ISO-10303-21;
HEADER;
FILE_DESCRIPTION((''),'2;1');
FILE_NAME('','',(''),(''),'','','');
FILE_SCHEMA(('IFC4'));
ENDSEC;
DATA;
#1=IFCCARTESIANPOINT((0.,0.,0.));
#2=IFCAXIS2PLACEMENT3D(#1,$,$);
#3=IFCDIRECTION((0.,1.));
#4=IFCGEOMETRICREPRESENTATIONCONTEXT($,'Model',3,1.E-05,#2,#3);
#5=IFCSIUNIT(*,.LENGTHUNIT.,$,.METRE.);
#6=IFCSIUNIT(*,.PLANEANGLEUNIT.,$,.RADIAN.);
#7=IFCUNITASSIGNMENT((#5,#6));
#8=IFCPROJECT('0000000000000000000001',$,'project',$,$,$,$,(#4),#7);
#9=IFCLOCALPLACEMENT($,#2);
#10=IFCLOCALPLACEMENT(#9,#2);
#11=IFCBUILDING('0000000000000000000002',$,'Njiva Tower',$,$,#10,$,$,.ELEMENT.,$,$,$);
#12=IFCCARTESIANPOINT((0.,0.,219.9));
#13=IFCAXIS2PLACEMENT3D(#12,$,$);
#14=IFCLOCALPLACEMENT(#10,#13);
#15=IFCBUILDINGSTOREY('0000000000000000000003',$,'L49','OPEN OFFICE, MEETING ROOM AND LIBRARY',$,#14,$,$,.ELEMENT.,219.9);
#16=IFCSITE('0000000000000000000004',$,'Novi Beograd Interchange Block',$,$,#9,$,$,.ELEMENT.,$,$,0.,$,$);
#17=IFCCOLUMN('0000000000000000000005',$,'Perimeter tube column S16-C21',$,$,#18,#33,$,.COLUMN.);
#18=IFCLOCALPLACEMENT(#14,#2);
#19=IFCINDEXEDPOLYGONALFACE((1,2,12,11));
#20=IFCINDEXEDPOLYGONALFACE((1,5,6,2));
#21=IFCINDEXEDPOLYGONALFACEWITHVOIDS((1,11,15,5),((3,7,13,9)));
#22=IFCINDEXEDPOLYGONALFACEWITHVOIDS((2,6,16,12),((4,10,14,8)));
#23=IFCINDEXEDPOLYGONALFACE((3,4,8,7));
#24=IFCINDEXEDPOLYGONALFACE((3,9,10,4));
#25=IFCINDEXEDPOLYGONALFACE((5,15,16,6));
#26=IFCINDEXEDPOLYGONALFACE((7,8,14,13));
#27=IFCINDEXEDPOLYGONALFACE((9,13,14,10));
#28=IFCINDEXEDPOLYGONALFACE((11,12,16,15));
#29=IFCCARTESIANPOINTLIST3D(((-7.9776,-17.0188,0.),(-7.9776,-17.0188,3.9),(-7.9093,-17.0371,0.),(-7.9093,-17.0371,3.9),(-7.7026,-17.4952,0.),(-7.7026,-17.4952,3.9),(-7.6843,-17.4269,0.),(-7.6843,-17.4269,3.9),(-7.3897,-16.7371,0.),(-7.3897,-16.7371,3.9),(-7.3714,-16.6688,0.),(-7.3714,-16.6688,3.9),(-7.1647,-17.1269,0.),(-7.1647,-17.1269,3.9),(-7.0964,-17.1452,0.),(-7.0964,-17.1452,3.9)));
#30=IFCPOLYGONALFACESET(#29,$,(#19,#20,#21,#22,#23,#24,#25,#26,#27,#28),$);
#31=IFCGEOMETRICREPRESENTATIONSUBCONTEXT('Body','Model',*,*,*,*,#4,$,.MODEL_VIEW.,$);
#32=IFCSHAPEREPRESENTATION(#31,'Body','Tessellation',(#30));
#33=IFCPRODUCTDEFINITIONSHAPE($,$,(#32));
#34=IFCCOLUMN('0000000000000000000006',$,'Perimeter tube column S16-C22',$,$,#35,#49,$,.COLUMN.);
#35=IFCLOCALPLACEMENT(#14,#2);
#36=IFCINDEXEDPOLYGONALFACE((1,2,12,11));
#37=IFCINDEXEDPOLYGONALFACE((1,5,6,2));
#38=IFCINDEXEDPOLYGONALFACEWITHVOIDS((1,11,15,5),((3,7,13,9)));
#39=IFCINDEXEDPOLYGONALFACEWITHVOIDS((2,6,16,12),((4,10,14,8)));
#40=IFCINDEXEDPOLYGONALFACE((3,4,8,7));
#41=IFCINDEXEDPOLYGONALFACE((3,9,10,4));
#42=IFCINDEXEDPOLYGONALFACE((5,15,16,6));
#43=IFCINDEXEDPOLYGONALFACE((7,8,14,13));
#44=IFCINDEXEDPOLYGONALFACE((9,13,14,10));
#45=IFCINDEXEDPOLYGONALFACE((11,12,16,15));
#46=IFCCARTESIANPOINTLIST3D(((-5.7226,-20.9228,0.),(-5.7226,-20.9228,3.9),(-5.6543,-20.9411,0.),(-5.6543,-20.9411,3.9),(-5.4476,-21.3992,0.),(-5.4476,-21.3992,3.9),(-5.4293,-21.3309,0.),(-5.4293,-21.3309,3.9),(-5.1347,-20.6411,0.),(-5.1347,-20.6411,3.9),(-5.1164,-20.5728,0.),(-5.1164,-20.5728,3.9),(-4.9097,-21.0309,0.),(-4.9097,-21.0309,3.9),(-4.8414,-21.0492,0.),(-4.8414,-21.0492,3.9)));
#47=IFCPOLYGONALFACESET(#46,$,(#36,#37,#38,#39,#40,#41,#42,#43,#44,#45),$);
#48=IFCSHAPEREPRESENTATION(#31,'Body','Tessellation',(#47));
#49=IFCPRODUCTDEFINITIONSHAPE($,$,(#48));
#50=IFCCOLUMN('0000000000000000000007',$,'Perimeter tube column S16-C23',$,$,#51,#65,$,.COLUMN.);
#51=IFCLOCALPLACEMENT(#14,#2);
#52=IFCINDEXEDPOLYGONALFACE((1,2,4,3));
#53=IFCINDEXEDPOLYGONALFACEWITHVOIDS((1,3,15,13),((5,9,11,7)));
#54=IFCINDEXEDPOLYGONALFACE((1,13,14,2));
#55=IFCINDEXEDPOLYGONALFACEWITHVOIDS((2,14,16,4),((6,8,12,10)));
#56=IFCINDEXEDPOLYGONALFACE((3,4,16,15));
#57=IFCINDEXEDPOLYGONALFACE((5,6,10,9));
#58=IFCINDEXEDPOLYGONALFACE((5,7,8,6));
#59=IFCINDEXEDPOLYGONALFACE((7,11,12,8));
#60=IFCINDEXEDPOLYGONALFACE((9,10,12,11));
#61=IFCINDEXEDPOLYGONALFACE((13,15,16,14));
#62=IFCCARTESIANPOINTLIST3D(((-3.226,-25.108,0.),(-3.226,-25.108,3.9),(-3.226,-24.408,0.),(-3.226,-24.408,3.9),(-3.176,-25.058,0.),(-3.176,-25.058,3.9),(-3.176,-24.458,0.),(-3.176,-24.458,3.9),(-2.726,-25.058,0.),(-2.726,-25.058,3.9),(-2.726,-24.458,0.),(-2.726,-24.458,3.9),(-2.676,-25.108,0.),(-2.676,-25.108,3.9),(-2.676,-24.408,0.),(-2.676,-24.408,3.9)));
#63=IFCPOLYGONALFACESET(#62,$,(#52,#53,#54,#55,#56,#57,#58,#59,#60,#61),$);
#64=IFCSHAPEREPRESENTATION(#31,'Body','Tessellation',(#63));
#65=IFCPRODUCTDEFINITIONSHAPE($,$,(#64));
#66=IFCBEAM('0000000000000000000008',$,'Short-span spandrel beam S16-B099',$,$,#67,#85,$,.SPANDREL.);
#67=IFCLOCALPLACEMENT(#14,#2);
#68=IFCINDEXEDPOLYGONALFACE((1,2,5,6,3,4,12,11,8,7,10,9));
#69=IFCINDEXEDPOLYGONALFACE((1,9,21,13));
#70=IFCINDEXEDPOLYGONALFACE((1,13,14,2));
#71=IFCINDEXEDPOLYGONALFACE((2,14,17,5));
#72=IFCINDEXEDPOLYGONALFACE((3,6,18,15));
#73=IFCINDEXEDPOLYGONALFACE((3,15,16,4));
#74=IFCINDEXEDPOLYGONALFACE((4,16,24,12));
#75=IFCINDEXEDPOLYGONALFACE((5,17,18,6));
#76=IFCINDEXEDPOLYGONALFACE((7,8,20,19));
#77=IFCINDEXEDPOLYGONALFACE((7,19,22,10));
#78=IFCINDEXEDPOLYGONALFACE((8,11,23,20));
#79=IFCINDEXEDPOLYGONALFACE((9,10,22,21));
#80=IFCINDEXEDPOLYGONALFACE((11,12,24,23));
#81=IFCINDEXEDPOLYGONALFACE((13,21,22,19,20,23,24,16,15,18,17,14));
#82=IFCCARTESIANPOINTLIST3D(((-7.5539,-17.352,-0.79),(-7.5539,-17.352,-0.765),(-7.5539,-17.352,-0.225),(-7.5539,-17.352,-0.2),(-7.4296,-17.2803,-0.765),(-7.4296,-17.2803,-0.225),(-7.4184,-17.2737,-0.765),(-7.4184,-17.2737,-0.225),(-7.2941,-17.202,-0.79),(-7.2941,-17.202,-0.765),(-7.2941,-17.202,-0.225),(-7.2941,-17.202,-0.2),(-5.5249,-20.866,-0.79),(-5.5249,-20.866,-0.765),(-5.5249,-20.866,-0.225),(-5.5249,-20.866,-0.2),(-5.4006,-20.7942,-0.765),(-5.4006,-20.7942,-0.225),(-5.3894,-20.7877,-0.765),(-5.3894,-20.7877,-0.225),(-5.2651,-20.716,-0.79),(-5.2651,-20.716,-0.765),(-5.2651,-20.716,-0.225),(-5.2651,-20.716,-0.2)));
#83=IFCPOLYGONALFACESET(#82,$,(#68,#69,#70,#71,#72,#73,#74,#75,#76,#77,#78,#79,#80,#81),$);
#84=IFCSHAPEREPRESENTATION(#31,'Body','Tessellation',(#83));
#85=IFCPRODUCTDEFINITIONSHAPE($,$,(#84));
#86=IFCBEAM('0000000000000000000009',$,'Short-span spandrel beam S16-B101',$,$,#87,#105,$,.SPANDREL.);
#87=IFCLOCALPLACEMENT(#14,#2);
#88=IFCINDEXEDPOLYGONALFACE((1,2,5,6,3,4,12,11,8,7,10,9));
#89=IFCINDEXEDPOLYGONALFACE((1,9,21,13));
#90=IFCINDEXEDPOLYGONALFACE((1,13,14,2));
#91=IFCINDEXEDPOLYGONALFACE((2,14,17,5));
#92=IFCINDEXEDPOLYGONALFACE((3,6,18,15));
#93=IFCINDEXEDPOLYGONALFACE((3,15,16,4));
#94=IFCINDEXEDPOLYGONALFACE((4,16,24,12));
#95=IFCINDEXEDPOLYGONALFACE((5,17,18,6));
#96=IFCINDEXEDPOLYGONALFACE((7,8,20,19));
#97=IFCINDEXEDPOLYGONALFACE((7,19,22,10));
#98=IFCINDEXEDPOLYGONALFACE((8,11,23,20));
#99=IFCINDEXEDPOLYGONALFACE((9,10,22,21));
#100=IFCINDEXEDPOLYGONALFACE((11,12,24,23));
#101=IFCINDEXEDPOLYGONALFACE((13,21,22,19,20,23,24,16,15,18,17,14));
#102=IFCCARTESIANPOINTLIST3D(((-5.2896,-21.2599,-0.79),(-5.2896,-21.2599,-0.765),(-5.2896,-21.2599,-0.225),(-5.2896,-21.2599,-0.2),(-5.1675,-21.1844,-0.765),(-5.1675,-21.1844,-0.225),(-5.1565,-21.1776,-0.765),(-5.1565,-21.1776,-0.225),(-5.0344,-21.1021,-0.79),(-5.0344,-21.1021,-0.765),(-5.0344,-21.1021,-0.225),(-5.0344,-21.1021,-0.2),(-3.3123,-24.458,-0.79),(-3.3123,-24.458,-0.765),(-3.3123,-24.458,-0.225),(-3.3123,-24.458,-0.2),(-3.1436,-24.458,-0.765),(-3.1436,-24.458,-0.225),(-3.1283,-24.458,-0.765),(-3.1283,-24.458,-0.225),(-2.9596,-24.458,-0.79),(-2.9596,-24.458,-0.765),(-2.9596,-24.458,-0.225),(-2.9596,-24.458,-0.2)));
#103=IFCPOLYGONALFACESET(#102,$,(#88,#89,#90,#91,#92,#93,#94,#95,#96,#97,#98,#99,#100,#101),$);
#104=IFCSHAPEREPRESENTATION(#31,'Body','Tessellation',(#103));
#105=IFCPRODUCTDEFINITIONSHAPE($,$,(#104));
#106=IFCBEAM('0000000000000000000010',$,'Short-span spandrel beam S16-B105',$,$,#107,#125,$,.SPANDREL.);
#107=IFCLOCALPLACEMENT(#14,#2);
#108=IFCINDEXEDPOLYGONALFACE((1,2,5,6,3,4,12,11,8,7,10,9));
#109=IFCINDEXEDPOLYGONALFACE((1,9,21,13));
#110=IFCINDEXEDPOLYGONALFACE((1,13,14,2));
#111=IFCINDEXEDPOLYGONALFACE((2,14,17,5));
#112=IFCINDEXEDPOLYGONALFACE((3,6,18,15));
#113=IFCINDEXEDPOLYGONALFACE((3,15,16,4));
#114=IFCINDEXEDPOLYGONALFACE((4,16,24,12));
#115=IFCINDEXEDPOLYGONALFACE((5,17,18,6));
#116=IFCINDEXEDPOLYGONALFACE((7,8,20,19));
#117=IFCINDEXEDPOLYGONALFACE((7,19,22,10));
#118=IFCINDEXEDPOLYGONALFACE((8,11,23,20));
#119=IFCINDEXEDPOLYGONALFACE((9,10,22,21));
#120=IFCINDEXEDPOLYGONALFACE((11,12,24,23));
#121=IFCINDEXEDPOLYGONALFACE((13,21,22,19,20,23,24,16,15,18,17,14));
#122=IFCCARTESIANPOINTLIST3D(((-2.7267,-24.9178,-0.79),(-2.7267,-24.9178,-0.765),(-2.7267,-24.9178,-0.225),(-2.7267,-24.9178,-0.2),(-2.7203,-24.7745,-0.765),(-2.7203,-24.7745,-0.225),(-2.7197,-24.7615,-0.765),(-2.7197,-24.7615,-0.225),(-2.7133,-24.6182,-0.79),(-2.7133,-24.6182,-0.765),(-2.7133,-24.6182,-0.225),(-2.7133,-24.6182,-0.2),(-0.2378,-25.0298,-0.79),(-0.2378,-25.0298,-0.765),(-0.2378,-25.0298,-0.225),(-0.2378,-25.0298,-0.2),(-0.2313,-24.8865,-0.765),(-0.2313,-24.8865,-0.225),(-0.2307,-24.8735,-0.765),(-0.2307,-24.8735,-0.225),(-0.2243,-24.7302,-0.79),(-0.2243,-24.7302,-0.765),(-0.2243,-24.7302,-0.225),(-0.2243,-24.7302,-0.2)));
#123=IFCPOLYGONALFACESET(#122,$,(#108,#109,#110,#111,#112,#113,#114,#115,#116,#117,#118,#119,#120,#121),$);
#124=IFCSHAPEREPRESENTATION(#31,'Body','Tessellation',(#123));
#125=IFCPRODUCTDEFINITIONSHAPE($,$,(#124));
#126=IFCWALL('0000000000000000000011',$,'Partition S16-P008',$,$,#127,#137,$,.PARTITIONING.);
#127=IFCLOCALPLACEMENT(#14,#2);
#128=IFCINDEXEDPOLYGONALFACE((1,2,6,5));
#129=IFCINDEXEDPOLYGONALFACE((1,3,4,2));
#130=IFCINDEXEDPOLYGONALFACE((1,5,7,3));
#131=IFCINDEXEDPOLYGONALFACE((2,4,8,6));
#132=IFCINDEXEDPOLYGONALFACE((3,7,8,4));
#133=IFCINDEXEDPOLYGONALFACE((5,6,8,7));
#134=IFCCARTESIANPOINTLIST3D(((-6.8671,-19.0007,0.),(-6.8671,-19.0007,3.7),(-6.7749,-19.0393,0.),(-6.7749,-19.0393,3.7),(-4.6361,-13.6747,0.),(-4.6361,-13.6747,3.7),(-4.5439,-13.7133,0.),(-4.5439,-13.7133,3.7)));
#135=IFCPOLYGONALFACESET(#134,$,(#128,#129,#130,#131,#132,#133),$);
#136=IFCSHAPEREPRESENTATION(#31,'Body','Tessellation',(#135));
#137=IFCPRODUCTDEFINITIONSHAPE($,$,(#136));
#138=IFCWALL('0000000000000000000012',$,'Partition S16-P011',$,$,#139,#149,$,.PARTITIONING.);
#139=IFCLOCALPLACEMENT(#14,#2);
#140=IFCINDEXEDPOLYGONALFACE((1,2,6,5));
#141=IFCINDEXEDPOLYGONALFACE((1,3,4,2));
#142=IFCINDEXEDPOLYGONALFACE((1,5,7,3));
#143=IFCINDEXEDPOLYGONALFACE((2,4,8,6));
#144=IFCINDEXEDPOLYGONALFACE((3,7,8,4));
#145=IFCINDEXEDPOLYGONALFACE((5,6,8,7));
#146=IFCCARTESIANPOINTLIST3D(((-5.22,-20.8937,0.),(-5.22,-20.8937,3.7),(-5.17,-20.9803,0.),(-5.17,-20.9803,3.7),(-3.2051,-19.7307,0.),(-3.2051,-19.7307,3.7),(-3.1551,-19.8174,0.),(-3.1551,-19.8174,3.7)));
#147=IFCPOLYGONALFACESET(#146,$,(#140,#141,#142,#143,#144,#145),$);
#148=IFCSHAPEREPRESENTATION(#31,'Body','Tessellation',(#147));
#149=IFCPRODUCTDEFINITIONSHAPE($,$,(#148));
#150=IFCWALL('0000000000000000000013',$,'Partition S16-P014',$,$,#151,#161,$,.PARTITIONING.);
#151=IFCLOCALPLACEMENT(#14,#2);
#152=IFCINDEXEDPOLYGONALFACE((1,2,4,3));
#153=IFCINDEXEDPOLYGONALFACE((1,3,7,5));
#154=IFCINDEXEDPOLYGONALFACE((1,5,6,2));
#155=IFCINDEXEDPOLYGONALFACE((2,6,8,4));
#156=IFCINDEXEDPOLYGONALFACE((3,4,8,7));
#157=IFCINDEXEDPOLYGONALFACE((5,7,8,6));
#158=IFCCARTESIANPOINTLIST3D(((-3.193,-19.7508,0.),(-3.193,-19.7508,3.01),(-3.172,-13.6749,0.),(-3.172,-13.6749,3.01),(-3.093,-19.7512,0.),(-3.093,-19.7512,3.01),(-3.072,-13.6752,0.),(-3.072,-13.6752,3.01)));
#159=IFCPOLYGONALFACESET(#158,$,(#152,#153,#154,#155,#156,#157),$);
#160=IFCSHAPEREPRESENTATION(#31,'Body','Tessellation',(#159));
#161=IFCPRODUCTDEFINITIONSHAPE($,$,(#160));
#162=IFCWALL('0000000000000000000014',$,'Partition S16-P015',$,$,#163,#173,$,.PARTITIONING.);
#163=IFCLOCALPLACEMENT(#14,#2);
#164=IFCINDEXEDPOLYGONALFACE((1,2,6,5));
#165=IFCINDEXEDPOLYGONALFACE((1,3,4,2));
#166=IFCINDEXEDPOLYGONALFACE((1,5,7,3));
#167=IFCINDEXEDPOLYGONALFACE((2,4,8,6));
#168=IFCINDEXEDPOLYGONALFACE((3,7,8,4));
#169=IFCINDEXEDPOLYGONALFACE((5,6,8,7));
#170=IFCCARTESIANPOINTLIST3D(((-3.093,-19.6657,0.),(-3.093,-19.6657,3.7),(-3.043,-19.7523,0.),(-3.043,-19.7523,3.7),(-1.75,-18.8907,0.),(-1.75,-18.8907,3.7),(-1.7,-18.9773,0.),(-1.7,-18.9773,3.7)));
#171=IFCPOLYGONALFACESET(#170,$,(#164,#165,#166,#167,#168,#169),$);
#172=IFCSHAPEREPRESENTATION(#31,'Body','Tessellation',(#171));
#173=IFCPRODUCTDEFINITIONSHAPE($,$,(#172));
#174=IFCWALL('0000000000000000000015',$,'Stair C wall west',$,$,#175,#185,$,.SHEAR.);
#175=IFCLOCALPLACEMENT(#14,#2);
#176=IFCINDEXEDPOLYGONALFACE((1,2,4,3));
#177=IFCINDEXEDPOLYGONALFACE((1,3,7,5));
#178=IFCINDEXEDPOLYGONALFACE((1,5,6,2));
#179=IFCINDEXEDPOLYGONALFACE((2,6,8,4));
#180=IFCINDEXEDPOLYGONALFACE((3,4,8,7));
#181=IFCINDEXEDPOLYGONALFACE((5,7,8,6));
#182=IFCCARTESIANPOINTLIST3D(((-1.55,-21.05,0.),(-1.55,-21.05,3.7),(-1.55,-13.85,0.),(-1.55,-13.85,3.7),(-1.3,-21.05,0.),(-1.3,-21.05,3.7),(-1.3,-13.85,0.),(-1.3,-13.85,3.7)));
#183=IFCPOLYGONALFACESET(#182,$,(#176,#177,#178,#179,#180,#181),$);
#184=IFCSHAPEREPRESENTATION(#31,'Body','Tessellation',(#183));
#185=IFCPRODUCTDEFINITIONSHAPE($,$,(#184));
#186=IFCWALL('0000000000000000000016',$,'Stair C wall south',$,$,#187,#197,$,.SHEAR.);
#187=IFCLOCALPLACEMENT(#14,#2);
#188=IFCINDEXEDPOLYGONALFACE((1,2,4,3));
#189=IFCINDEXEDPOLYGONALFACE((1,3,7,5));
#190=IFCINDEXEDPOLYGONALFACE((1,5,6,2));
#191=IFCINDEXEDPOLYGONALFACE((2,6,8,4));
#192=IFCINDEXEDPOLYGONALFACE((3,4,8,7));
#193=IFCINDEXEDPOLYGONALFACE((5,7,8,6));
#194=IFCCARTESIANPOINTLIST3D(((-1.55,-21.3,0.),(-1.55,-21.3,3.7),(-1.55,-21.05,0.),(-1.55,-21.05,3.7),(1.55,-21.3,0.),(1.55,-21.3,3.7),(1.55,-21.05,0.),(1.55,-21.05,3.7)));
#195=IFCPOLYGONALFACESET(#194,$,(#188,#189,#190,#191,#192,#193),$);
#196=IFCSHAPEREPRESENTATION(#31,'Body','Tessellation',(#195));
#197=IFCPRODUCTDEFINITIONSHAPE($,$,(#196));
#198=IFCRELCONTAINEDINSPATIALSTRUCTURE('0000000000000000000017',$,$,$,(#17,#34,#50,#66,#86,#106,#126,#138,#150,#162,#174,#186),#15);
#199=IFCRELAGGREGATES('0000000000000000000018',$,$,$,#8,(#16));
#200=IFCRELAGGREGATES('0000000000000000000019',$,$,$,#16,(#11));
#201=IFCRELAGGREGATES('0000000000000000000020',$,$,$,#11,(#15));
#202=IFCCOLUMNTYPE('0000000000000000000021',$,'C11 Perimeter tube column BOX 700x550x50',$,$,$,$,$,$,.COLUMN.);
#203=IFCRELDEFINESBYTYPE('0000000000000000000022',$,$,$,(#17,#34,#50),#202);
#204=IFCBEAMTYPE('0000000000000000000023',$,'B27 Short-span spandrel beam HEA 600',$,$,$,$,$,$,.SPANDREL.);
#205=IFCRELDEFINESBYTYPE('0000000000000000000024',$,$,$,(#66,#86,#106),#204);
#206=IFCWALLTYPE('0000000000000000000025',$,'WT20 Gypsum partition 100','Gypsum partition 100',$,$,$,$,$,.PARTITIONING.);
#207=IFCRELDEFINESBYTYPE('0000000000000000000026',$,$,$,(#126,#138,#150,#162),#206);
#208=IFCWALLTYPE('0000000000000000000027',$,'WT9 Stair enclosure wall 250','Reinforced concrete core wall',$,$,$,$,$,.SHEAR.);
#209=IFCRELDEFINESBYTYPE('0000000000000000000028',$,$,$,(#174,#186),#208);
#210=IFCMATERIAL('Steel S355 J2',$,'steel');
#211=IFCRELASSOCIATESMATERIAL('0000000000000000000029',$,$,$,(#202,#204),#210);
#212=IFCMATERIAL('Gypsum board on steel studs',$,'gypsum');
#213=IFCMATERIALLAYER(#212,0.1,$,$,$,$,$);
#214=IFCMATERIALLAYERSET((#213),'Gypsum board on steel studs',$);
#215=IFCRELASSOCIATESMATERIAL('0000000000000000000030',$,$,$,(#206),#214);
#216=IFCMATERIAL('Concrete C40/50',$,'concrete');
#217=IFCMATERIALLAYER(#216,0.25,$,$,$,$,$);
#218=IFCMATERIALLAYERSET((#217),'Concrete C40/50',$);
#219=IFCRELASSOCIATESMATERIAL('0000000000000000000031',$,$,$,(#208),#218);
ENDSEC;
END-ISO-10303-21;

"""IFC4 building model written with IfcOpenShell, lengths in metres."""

from ifc_helpers import new_model, si_unit, direction, frame, frame_2d, origin, origin_2d, place, context, subcontext, project, spatial, rectangle, hollow_rectangle, i_section, extrude, clip, halfspace, material, layer, layer_set, material_profile, profile_set, type_object, element, save


model = new_model("IFC4")

# Units and contexts
model_context = context("Model", 3, precision=1e-05, world=origin(), true_north=direction((0.0, 1.0)))
body_context = subcontext(model_context, "Body", "Model", "MODEL_VIEW")
ifc_project = project(units=[si_unit("LENGTHUNIT", "METRE"), si_unit("PLANEANGLEUNIT", "RADIAN")], contexts=[model_context])

# Site, building, storey
site_placement = place(None, origin())
site = spatial("IfcSite", under=ifc_project, at=site_placement, Name="Novi Beograd Interchange Block", CompositionType="ELEMENT", RefElevation=0.0)
building_placement = place(site_placement, origin())
building = spatial("IfcBuilding", under=site, at=building_placement, Name="Njiva Tower", CompositionType="ELEMENT")
storey_placement = place(building_placement, frame((0.0, 0.0, 219.9)))
storey = spatial("IfcBuildingStorey", under=building, at=storey_placement, Name="L49", Description="OPEN OFFICE, MEETING ROOM AND LIBRARY", CompositionType="ELEMENT", Elevation=219.9)

# Columns
ifc_material_1 = material(Name="Steel S355 J2", Category="steel")
ifc_material_profile_1 = material_profile(ifc_material_1, hollow_rectangle(XDim=0.55, YDim=0.7, WallThickness=0.05, at=origin_2d()), Name="BOX 700x550x50")
ifc_profile_set_1 = profile_set([ifc_material_profile_1], Name="Steel S355 J2")
column_type = type_object("IfcColumnType", Name="C11 Perimeter tube column BOX 700x550x50", PredefinedType="COLUMN", material=ifc_profile_set_1)
for number, where, z_axis, x_axis, name in (
    (1, (-7.537, -17.082, 0.0), (0.0, 0.0, 1.0), (0.5, -0.866025, 0.0), "Perimeter tube column S16-C21"),
    (2, (-5.282, -20.986, 0.0), (0.0, 0.0, 1.0), (0.5, -0.866025, 0.0), "Perimeter tube column S16-C22"),
    (3, (-2.951, -24.758, 0.0), (0.0, 0.0, 1.0), (1.0, 0.0, 0.0), "Perimeter tube column S16-C23"),
):
    element("IfcColumn", number, at=place(storey_placement, frame(where, z_axis=z_axis, x_axis=x_axis)), inside=storey, type_object=column_type, Name=name, PredefinedType="COLUMN", context=body_context, shape_type="SweptSolid", body=[
        extrude(hollow_rectangle(XDim=0.55, YDim=0.7, WallThickness=0.05, at=origin_2d()), origin(), (0.0, 0.0, 1.0), 3.9),
    ])

# Beams
ifc_material_profile_2 = material_profile(ifc_material_1, i_section(OverallWidth=0.3, OverallDepth=0.59, WebThickness=0.013, FlangeThickness=0.025, at=origin_2d()), Name="HEA 600")
ifc_profile_set_2 = profile_set([ifc_material_profile_2], Name="Steel S355 J2")
beam_type = type_object("IfcBeamType", Name="B27 Short-span spandrel beam HEA 600", PredefinedType="SPANDREL", material=ifc_profile_set_2)
beam_1_placement = place(storey_placement, frame((-7.424, -17.277, -0.495), z_axis=(0.500035, -0.866005, 0.0), x_axis=(0.866005, 0.500035, 0.0)))
element("IfcBeam", 4, at=beam_1_placement, inside=storey, type_object=beam_type, Name="Short-span spandrel beam S16-B099", PredefinedType="SPANDREL", context=body_context, shape_type="SweptSolid", body=[
    extrude(i_section(OverallWidth=0.3, OverallDepth=0.59, WebThickness=0.013, FlangeThickness=0.025, at=origin_2d()), origin(), (0.0, 0.0, 1.0), 4.0577),
])
beam_2_placement = place(storey_placement, frame((-5.162, -21.181, -0.495), z_axis=(0.525863, -0.850569, 0.0), x_axis=(0.850569, 0.525863, 0.0)))
element("IfcBeam", 5, at=beam_2_placement, inside=storey, type_object=beam_type, Name="Short-span spandrel beam S16-B101", PredefinedType="SPANDREL", context=body_context, shape_type="Clipping", body=[
    clip(extrude(i_section(OverallWidth=0.3, OverallDepth=0.59, WebThickness=0.013, FlangeThickness=0.025, at=origin_2d()), origin(), (0.0, 0.0, 1.0), 3.9657), halfspace(frame((-0.0266, 0.0, 3.8363), z_axis=(-0.525863, 0.0, 0.850569), x_axis=(0.0, 1.0, 0.0)), False)),
])
beam_3_placement = place(storey_placement, frame((-2.72, -24.768, -0.495), z_axis=(0.998989, -0.044953, 0.0), x_axis=(0.044953, 0.998989, 0.0)))
element("IfcBeam", 6, at=beam_3_placement, inside=storey, type_object=beam_type, Name="Short-span spandrel beam S16-B105", PredefinedType="SPANDREL", context=body_context, shape_type="SweptSolid", body=[
    extrude(i_section(OverallWidth=0.3, OverallDepth=0.59, WebThickness=0.013, FlangeThickness=0.025, at=origin_2d()), origin(), (0.0, 0.0, 1.0), 2.4915),
])

# Walls
ifc_material_2 = material(Name="Gypsum board on steel studs", Category="gypsum")
ifc_layer_1 = layer(ifc_material_2, 0.1)
ifc_layer_set_1 = layer_set([ifc_layer_1], Name="Gypsum board on steel studs")
wall_type_1 = type_object("IfcWallType", Name="WT20 Gypsum partition 100", Description="Gypsum partition 100", PredefinedType="PARTITIONING", material=ifc_layer_set_1)
wall_1_placement = place(storey_placement, frame((-6.821, -19.02, 0.0), z_axis=(0.0, 0.0, 1.0), x_axis=(0.386361, 0.922348, 0.0)))
element("IfcWall", 7, at=wall_1_placement, inside=storey, type_object=wall_type_1, Name="Partition S16-P008", PredefinedType="PARTITIONING", context=body_context, shape_type="SweptSolid", body=[
    extrude(rectangle(XDim=5.7744, YDim=0.1, at=frame_2d((2.8872, 0.0))), origin(), (0.0, 0.0, 1.0), 3.7),
])
wall_2_placement = place(storey_placement, frame((-5.195, -20.937, 0.0), z_axis=(0.0, 0.0, 1.0), x_axis=(0.866093, 0.499884, 0.0)))
element("IfcWall", 8, at=wall_2_placement, inside=storey, type_object=wall_type_1, Name="Partition S16-P011", PredefinedType="PARTITIONING", context=body_context, shape_type="SweptSolid", body=[
    extrude(rectangle(XDim=2.3265, YDim=0.1, at=frame_2d((1.1632, 0.0))), origin(), (0.0, 0.0, 1.0), 3.7),
])
wall_3_placement = place(storey_placement, frame((-3.143, -19.751, 0.0), z_axis=(0.0, 0.0, 1.0), x_axis=(0.003456, 0.999994, 0.0)))
element("IfcWall", 9, at=wall_3_placement, inside=storey, type_object=wall_type_1, Name="Partition S16-P014", PredefinedType="PARTITIONING", context=body_context, shape_type="SweptSolid", body=[
    extrude(rectangle(XDim=6.076, YDim=0.1, at=frame_2d((3.038, 0.0))), origin(), (0.0, 0.0, 1.0), 3.01),
])
wall_4_placement = place(storey_placement, frame((-3.068, -19.709, 0.0), z_axis=(0.0, 0.0, 1.0), x_axis=(0.866132, 0.499816, 0.0)))
element("IfcWall", 10, at=wall_4_placement, inside=storey, type_object=wall_type_1, Name="Partition S16-P015", PredefinedType="PARTITIONING", context=body_context, shape_type="SweptSolid", body=[
    extrude(rectangle(XDim=1.5506, YDim=0.1, at=frame_2d((0.7753, 0.0))), origin(), (0.0, 0.0, 1.0), 3.7),
])
ifc_material_3 = material(Name="Concrete C40/50", Category="concrete")
ifc_layer_2 = layer(ifc_material_3, 0.25)
ifc_layer_set_2 = layer_set([ifc_layer_2], Name="Concrete C40/50")
wall_type_2 = type_object("IfcWallType", Name="WT9 Stair enclosure wall 250", Description="Reinforced concrete core wall", PredefinedType="SHEAR", material=ifc_layer_set_2)
wall_5_placement = place(storey_placement, frame((-1.425, -21.05, 0.0), z_axis=(0.0, 0.0, 1.0), x_axis=(0.0, 1.0, 0.0)))
element("IfcWall", 11, at=wall_5_placement, inside=storey, type_object=wall_type_2, Name="Stair C wall west", PredefinedType="SHEAR", context=body_context, shape_type="SweptSolid", body=[
    extrude(rectangle(XDim=7.2, YDim=0.25, at=frame_2d((3.6, 0.0))), origin(), (0.0, 0.0, 1.0), 3.7),
])
wall_6_placement = place(storey_placement, frame((-1.55, -21.175, 0.0), z_axis=(0.0, 0.0, 1.0), x_axis=(1.0, 0.0, 0.0)))
element("IfcWall", 12, at=wall_6_placement, inside=storey, type_object=wall_type_2, Name="Stair C wall south", PredefinedType="SHEAR", context=body_context, shape_type="SweptSolid", body=[
    extrude(rectangle(XDim=3.1, YDim=0.25, at=frame_2d((1.55, 0.0))), origin(), (0.0, 0.0, 1.0), 3.7),
])

save(model, "model.ifc")
